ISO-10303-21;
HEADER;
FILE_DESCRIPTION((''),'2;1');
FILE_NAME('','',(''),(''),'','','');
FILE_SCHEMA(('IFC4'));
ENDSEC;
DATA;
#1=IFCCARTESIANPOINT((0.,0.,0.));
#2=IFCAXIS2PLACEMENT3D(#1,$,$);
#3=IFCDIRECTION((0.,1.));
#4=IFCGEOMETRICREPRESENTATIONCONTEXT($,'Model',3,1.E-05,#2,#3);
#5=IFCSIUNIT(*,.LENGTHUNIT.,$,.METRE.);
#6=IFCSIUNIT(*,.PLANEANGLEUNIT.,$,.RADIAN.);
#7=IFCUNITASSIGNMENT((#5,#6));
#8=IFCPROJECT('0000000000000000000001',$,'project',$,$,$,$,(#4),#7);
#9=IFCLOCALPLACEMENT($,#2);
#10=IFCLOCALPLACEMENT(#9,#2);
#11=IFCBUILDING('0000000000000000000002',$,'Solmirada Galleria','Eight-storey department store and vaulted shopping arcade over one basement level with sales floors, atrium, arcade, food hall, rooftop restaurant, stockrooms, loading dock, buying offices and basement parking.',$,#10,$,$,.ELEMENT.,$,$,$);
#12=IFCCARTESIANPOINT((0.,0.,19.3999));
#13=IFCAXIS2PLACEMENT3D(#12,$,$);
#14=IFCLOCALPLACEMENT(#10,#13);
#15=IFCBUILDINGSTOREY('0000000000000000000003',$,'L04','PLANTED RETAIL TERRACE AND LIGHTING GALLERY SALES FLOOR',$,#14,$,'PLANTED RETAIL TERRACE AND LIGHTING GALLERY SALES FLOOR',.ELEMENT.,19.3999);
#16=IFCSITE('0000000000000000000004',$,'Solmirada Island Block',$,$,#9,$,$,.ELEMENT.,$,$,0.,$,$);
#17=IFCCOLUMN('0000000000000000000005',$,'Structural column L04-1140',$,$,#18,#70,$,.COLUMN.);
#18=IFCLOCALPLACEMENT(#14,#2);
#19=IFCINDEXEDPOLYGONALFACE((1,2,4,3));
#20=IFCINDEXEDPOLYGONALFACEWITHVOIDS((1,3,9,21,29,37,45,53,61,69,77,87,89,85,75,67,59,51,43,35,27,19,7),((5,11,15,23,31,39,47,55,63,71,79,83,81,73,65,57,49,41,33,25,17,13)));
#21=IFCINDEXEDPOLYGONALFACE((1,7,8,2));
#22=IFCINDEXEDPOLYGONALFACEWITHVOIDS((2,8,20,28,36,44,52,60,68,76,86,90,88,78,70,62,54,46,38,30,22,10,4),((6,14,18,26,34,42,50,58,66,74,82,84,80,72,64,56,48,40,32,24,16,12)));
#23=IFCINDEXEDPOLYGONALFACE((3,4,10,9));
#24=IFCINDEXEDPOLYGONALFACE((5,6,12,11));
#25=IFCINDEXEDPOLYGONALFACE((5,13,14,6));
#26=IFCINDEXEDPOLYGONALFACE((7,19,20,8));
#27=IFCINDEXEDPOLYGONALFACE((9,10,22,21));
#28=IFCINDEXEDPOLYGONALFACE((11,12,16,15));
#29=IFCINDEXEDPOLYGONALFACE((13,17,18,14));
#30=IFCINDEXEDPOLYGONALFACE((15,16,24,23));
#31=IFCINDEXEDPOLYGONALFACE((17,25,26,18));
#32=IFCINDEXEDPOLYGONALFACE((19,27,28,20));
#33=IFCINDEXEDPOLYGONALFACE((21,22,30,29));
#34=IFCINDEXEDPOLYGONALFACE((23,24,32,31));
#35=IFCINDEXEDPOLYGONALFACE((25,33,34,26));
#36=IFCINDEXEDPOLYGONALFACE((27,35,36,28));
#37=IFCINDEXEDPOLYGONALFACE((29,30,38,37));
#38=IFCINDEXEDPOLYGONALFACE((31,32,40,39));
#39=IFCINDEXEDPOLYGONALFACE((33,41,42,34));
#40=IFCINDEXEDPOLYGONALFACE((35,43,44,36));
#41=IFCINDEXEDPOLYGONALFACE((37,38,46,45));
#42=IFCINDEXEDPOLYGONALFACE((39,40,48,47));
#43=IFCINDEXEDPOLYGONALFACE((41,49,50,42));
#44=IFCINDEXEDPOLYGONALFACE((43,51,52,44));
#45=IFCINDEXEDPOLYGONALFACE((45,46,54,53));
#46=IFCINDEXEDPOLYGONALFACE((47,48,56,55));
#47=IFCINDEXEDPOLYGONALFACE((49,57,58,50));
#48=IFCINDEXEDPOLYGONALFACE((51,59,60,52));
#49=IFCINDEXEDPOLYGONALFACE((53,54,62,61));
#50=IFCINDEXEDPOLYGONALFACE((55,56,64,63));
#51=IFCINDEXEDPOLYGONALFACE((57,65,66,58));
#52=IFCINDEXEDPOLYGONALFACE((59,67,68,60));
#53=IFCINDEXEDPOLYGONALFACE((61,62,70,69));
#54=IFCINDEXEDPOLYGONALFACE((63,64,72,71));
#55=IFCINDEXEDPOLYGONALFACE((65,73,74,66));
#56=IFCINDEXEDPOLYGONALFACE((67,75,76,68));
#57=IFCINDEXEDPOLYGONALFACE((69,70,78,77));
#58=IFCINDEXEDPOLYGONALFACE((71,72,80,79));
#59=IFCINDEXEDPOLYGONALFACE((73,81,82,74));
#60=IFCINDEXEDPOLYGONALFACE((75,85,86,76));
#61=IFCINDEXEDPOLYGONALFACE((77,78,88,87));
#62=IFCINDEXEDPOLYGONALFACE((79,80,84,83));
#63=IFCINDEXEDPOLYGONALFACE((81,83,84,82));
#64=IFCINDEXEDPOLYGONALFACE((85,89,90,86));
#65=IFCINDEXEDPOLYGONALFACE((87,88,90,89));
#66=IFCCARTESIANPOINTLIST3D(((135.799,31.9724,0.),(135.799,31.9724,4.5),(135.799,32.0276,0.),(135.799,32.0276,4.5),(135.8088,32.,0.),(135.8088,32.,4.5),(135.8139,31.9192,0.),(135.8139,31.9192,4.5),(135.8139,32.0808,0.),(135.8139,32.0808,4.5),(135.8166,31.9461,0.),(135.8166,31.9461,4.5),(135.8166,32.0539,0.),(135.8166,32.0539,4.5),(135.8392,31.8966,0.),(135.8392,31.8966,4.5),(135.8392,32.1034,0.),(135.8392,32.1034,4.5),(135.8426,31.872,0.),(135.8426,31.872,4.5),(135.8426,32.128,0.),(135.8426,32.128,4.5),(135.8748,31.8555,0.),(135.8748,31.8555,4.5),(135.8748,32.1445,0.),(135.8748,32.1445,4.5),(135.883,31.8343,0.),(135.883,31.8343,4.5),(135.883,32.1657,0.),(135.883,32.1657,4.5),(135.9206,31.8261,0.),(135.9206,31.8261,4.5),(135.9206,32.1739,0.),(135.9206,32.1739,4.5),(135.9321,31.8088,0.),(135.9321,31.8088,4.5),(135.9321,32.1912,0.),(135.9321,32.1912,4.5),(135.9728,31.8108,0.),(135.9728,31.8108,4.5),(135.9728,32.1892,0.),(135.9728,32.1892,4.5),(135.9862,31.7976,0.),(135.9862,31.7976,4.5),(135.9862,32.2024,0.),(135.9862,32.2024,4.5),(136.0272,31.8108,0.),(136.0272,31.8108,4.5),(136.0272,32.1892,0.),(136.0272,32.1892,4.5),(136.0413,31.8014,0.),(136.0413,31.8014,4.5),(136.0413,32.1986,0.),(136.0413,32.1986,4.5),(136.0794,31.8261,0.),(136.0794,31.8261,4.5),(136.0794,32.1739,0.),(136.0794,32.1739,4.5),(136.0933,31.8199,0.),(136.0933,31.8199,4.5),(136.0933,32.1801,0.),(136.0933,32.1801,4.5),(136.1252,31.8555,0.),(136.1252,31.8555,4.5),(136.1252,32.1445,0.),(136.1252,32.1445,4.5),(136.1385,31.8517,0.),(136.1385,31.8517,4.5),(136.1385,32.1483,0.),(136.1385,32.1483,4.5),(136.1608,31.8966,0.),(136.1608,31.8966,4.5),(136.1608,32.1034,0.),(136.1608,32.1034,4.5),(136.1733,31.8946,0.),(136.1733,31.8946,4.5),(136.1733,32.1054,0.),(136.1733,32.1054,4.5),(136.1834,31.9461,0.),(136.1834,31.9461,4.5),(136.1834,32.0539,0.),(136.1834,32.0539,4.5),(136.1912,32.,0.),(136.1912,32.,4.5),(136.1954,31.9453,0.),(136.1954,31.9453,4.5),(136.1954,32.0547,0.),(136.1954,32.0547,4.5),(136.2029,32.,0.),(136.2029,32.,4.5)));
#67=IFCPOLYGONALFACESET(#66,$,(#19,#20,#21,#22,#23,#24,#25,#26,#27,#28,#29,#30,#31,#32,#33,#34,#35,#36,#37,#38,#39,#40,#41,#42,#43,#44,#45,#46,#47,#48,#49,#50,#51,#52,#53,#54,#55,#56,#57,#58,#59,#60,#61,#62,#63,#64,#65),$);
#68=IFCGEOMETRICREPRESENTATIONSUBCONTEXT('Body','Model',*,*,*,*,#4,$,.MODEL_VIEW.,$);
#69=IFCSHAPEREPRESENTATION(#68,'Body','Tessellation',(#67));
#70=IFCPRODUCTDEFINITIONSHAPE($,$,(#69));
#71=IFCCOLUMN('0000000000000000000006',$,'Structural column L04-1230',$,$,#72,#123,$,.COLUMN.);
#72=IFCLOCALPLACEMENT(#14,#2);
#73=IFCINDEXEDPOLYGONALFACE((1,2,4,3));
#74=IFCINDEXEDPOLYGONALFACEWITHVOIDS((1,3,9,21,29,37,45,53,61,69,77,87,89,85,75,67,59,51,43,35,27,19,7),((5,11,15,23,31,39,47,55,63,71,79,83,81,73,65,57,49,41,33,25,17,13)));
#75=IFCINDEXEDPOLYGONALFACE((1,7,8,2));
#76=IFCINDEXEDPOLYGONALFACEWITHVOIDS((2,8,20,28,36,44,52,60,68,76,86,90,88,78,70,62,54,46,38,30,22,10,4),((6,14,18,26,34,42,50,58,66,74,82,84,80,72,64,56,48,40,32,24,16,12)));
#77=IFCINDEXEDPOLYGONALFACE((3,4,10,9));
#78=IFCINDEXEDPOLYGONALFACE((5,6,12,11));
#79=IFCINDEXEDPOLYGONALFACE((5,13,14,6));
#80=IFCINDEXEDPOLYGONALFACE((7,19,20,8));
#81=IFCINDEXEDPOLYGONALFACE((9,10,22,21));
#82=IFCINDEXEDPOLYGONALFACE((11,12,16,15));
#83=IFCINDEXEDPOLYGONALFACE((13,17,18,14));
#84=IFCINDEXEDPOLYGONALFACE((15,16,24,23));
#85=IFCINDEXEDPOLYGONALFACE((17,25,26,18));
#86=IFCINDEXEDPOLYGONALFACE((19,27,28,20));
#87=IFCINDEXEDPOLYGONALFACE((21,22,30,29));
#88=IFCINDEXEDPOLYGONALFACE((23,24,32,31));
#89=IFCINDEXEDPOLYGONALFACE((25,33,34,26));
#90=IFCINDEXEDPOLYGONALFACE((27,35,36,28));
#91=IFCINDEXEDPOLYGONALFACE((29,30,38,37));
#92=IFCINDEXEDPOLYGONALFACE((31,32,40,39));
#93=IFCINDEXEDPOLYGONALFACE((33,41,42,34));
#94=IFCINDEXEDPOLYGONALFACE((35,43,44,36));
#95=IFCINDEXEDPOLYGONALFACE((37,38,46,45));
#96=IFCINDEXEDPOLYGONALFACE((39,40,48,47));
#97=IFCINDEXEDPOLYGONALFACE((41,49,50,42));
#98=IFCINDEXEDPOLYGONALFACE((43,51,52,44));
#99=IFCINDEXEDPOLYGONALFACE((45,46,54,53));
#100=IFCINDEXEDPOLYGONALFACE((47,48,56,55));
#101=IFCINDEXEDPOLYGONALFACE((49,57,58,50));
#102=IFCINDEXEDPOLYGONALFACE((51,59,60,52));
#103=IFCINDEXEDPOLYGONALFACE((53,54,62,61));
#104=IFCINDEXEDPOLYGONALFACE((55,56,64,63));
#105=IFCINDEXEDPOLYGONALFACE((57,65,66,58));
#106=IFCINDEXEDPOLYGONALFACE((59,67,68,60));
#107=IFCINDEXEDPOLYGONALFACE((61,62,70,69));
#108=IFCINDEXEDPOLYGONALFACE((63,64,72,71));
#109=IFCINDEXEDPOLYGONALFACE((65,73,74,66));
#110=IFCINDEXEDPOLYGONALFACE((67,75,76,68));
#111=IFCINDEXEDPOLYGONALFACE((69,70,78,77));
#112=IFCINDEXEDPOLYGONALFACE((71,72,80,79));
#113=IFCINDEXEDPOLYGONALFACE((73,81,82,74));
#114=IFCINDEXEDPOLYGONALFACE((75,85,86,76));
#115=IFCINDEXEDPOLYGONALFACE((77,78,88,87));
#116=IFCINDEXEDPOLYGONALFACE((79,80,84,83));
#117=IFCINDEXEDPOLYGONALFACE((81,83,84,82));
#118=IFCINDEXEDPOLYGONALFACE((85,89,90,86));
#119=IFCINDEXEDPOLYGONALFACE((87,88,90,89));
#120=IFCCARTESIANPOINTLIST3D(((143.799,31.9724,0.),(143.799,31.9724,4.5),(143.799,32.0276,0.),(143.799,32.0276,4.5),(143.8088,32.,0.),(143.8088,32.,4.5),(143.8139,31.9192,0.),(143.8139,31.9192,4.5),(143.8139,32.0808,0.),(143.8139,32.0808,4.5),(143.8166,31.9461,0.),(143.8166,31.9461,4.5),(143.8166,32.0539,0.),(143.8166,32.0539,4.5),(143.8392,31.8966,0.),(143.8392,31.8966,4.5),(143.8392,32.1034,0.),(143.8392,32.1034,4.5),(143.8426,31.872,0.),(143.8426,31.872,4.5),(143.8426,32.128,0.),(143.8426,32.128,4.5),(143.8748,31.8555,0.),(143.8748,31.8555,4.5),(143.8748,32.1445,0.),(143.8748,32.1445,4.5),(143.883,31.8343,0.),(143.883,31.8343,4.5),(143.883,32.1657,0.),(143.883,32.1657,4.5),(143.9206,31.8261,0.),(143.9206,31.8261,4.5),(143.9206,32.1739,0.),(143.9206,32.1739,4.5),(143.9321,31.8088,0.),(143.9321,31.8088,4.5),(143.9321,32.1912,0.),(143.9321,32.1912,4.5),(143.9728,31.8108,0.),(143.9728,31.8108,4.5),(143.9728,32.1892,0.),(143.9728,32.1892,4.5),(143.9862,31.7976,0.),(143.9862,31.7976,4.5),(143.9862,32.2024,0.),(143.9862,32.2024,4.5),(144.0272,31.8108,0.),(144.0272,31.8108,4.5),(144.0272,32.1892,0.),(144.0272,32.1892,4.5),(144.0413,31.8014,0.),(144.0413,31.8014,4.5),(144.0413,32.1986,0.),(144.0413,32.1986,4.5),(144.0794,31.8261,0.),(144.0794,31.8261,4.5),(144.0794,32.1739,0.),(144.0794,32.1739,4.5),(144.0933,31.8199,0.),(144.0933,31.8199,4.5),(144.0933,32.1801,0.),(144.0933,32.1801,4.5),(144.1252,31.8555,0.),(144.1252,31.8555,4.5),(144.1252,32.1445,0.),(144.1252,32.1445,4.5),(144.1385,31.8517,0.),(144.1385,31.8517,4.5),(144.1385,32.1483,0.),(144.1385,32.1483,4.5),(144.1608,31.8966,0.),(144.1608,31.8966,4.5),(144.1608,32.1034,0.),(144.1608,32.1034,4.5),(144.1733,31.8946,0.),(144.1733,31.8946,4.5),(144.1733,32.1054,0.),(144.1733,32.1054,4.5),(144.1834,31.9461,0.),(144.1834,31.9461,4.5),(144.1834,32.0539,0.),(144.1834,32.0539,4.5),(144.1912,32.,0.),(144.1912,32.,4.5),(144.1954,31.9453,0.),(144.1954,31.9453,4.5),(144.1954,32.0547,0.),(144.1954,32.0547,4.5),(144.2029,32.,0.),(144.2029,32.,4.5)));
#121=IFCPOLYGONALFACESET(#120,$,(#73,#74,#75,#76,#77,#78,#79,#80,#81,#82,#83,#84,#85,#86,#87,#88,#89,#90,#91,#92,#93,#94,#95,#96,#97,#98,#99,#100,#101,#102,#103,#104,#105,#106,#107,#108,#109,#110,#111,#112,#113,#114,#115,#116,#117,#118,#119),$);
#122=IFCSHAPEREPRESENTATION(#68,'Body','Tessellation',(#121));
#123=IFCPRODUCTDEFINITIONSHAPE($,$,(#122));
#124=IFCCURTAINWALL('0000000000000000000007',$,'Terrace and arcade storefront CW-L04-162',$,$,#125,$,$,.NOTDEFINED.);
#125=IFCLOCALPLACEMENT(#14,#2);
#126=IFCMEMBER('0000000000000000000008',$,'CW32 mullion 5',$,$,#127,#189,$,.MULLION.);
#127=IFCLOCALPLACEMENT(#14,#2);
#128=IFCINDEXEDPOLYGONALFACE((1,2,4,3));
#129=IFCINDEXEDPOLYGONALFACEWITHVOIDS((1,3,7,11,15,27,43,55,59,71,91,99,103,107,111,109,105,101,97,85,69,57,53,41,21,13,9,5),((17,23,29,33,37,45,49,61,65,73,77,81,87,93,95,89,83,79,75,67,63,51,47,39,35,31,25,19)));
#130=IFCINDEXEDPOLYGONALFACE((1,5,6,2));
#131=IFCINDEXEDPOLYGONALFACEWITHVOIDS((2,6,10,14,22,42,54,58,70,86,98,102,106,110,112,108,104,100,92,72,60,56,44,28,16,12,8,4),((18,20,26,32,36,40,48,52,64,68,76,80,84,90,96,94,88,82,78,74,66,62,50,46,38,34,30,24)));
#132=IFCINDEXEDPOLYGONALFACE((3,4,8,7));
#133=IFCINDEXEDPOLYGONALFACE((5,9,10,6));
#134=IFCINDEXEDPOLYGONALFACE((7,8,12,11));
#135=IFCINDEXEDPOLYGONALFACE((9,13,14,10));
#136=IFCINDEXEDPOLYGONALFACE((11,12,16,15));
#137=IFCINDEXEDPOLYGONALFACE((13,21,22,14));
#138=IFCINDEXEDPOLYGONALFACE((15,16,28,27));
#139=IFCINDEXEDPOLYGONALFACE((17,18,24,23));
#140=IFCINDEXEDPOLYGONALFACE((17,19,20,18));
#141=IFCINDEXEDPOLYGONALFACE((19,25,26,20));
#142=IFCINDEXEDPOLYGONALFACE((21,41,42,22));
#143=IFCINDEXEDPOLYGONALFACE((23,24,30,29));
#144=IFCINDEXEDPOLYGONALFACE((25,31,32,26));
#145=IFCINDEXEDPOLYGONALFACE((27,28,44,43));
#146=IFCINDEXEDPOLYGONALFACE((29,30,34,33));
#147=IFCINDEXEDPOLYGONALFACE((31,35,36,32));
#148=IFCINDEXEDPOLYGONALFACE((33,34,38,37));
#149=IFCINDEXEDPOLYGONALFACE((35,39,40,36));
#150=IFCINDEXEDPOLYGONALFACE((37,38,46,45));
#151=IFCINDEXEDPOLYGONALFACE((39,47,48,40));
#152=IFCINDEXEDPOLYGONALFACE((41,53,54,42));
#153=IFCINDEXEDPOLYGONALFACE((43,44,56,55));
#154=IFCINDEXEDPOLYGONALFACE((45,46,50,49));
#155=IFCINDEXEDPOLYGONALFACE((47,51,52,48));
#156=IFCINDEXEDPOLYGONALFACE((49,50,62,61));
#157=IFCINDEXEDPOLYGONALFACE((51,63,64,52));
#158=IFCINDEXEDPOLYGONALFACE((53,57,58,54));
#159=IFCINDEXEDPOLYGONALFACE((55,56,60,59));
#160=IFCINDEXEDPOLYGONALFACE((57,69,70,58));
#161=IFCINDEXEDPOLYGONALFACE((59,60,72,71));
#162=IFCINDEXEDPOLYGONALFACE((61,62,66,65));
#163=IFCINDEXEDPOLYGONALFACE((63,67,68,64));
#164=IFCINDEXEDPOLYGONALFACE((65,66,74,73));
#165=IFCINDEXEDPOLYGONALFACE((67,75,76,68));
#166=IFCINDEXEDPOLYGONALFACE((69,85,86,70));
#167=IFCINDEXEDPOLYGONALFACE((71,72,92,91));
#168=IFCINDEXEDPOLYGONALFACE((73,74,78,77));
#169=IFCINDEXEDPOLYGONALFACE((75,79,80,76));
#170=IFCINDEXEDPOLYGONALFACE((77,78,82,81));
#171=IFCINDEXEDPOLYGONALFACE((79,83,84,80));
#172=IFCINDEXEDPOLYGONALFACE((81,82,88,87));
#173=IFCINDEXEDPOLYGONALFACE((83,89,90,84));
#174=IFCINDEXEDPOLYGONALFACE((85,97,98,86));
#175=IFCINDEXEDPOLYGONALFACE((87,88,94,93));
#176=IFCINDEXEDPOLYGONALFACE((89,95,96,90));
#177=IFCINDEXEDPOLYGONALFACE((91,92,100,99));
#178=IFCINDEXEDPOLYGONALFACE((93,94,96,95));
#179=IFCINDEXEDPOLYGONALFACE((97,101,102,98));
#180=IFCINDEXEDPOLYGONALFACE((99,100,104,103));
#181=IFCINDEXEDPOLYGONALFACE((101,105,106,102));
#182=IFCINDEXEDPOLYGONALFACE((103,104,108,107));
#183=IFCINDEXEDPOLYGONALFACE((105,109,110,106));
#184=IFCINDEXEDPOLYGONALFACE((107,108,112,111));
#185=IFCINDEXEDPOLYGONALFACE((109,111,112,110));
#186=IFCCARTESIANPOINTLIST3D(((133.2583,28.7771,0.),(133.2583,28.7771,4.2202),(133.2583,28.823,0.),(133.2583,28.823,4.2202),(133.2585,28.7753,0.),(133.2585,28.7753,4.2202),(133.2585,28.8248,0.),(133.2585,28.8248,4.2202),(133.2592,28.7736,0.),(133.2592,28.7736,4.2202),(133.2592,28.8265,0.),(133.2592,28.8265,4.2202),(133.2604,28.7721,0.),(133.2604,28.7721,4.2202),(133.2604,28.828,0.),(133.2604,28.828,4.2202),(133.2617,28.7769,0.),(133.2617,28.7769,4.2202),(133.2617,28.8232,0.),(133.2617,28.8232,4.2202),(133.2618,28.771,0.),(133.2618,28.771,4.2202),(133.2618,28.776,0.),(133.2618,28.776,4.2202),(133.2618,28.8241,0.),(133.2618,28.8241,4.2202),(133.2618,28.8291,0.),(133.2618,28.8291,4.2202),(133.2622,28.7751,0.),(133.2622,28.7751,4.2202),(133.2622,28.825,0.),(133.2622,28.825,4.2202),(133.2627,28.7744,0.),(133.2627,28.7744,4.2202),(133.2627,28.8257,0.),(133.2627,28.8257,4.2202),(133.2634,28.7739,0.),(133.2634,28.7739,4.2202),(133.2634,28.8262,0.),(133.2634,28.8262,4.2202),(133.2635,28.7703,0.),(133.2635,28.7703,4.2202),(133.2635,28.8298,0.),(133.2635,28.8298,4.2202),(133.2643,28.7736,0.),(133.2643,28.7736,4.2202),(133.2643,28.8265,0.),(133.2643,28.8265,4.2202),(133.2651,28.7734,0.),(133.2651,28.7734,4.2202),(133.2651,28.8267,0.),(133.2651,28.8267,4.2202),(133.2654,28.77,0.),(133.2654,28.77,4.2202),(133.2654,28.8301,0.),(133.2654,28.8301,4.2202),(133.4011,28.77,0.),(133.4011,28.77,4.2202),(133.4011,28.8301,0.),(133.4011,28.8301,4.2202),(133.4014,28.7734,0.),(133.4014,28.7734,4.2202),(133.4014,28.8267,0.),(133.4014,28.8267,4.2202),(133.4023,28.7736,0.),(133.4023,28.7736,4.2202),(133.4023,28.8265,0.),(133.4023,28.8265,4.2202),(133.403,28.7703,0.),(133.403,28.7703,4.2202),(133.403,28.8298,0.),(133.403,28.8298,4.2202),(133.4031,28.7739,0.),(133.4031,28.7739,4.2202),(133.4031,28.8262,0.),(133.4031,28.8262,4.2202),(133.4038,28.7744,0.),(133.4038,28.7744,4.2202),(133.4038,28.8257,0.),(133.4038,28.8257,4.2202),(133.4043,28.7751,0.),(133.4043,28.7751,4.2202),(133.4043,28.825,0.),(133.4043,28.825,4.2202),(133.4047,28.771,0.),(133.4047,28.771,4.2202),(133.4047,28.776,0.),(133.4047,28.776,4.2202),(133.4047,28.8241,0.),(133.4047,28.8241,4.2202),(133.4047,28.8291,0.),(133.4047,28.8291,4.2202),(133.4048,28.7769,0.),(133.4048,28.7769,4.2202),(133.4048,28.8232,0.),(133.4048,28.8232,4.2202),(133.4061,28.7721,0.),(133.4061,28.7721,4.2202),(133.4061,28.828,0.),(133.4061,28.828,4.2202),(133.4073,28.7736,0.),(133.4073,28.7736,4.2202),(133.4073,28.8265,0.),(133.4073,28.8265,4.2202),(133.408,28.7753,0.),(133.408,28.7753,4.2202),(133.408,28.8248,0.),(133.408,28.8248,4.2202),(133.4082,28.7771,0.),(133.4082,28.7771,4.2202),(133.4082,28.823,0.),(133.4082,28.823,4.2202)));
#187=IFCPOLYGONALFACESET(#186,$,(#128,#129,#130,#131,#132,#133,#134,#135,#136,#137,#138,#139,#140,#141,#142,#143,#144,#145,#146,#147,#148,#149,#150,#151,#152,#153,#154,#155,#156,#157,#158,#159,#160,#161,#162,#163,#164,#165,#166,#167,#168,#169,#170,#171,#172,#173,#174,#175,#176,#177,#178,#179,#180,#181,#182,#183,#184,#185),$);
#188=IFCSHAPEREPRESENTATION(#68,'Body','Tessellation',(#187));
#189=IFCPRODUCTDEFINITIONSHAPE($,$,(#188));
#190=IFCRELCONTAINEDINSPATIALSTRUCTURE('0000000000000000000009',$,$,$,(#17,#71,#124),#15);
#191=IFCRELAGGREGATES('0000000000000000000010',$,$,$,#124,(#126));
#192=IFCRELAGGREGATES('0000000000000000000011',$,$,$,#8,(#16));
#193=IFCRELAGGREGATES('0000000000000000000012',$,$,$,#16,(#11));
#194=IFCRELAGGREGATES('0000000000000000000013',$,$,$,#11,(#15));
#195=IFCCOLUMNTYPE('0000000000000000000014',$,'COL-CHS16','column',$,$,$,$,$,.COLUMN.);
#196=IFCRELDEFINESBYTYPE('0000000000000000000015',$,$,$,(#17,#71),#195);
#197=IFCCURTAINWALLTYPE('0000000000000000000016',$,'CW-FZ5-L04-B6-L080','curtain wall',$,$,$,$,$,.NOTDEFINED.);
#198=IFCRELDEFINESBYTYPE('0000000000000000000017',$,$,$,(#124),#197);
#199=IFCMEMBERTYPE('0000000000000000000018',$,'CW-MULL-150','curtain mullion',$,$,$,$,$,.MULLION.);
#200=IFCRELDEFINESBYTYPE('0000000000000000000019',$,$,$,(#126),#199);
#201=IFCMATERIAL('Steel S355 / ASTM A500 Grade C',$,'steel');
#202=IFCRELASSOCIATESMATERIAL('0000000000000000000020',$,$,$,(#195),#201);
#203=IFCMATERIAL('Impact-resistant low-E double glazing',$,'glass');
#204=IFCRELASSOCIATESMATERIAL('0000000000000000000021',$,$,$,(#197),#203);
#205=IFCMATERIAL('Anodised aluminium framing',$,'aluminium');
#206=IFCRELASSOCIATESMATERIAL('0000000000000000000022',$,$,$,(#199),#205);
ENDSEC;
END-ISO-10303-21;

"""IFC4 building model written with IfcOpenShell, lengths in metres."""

from ifc_helpers import new_model, si_unit, direction, frame, origin, origin_2d, place, context, subcontext, project, spatial, hollow_rectangle, hollow_circle, extrude, material, material_profile, profile_set, type_object, element, aggregate, save


model = new_model("IFC4")

# Units and contexts
model_context = context("Model", 3, precision=1e-05, world=origin(), true_north=direction((0.0, 1.0)))
body_context = subcontext(model_context, "Body", "Model", "MODEL_VIEW")
ifc_project = project(units=[si_unit("LENGTHUNIT", "METRE"), si_unit("PLANEANGLEUNIT", "RADIAN")], contexts=[model_context])

# Site, building, storey
site_placement = place(None, origin())
site = spatial("IfcSite", under=ifc_project, at=site_placement, Name="Solmirada Island Block", CompositionType="ELEMENT", RefElevation=0.0)
building_placement = place(site_placement, origin())
building = spatial("IfcBuilding", under=site, at=building_placement, Name="Solmirada Galleria", Description="Eight-storey department store and vaulted shopping arcade over one basement level with sales floors, atrium, arcade, food hall, rooftop restaurant, stockrooms, loading dock, buying offices and basement parking.", CompositionType="ELEMENT")
storey_placement = place(building_placement, frame((0.0, 0.0, 19.3999)))
storey = spatial("IfcBuildingStorey", under=building, at=storey_placement, Name="L04", Description="PLANTED RETAIL TERRACE AND LIGHTING GALLERY SALES FLOOR", LongName="PLANTED RETAIL TERRACE AND LIGHTING GALLERY SALES FLOOR", CompositionType="ELEMENT", Elevation=19.3999)

# Columns
ifc_material_1 = material(Name="Steel S355 / ASTM A500 Grade C", Category="steel")
ifc_material_profile_1 = material_profile(ifc_material_1, hollow_circle(Radius=0.2029, WallThickness=0.0117, at=origin_2d()), Name="HSS16.000X0.500")
ifc_profile_set_1 = profile_set([ifc_material_profile_1], Name="Steel S355 / ASTM A500 Grade C")
column_type = type_object("IfcColumnType", Name="COL-CHS16", Description="column", PredefinedType="COLUMN", material=ifc_profile_set_1)
for number, where, z_axis, x_axis, name in (
    (1, (136.0, 32.0, 0.0), (0.0, 0.0, 1.0), (1.0, 0.0, 0.0), "Structural column L04-1140"),
    (2, (144.0, 32.0, 0.0), (0.0, 0.0, 1.0), (1.0, 0.0, 0.0), "Structural column L04-1230"),
):
    element("IfcColumn", number, at=place(storey_placement, frame(where, z_axis=z_axis, x_axis=x_axis)), inside=storey, type_object=column_type, Name=name, PredefinedType="COLUMN", context=body_context, shape_type="SweptSolid", body=[
        extrude(hollow_circle(Radius=0.2029, WallThickness=0.0117, at=origin_2d()), origin(), (0.0, 0.0, 1.0), 4.5),
    ])

# Curtain wall, member
ifc_material_2 = material(Name="Impact-resistant low-E double glazing", Category="glass")
curtain_wall_type = type_object("IfcCurtainWallType", Name="CW-FZ5-L04-B6-L080", Description="curtain wall", PredefinedType="NOTDEFINED", material=ifc_material_2)
curtain_wall_placement = place(storey_placement, origin())
curtain_wall = element("IfcCurtainWall", 3, at=curtain_wall_placement, inside=storey, type_object=curtain_wall_type, Name="Terrace and arcade storefront CW-L04-162", PredefinedType="NOTDEFINED")
ifc_material_3 = material(Name="Anodised aluminium framing", Category="aluminium")
ifc_material_profile_2 = material_profile(ifc_material_3, hollow_rectangle(XDim=0.0601, YDim=0.1499, WallThickness=0.0034, InnerFilletRadius=0.0034, OuterFilletRadius=0.0071, at=origin_2d()), Name="ALU-MULL-150X60")
ifc_profile_set_2 = profile_set([ifc_material_profile_2], Name="Anodised aluminium framing")
member_type_1 = type_object("IfcMemberType", Name="CW-MULL-150", Description="curtain mullion", PredefinedType="MULLION", material=ifc_profile_set_2)
member_1_placement = place(storey_placement, frame((133.3333, 28.8, 0.0), z_axis=(0.0, 0.0, 1.0), x_axis=(0.0, 1.0, 0.0)))
member_1 = element("IfcMember", 4, at=member_1_placement, type_object=member_type_1, Name="CW32 mullion 5", PredefinedType="MULLION", context=body_context, shape_type="SweptSolid", body=[
    extrude(hollow_rectangle(XDim=0.0601, YDim=0.1499, WallThickness=0.0034, InnerFilletRadius=0.0034, OuterFilletRadius=0.0071, at=origin_2d()), origin(), (0.0, 0.0, 1.0), 4.2202),
])
aggregate(curtain_wall, [member_1])

save(model, "model.ifc")
